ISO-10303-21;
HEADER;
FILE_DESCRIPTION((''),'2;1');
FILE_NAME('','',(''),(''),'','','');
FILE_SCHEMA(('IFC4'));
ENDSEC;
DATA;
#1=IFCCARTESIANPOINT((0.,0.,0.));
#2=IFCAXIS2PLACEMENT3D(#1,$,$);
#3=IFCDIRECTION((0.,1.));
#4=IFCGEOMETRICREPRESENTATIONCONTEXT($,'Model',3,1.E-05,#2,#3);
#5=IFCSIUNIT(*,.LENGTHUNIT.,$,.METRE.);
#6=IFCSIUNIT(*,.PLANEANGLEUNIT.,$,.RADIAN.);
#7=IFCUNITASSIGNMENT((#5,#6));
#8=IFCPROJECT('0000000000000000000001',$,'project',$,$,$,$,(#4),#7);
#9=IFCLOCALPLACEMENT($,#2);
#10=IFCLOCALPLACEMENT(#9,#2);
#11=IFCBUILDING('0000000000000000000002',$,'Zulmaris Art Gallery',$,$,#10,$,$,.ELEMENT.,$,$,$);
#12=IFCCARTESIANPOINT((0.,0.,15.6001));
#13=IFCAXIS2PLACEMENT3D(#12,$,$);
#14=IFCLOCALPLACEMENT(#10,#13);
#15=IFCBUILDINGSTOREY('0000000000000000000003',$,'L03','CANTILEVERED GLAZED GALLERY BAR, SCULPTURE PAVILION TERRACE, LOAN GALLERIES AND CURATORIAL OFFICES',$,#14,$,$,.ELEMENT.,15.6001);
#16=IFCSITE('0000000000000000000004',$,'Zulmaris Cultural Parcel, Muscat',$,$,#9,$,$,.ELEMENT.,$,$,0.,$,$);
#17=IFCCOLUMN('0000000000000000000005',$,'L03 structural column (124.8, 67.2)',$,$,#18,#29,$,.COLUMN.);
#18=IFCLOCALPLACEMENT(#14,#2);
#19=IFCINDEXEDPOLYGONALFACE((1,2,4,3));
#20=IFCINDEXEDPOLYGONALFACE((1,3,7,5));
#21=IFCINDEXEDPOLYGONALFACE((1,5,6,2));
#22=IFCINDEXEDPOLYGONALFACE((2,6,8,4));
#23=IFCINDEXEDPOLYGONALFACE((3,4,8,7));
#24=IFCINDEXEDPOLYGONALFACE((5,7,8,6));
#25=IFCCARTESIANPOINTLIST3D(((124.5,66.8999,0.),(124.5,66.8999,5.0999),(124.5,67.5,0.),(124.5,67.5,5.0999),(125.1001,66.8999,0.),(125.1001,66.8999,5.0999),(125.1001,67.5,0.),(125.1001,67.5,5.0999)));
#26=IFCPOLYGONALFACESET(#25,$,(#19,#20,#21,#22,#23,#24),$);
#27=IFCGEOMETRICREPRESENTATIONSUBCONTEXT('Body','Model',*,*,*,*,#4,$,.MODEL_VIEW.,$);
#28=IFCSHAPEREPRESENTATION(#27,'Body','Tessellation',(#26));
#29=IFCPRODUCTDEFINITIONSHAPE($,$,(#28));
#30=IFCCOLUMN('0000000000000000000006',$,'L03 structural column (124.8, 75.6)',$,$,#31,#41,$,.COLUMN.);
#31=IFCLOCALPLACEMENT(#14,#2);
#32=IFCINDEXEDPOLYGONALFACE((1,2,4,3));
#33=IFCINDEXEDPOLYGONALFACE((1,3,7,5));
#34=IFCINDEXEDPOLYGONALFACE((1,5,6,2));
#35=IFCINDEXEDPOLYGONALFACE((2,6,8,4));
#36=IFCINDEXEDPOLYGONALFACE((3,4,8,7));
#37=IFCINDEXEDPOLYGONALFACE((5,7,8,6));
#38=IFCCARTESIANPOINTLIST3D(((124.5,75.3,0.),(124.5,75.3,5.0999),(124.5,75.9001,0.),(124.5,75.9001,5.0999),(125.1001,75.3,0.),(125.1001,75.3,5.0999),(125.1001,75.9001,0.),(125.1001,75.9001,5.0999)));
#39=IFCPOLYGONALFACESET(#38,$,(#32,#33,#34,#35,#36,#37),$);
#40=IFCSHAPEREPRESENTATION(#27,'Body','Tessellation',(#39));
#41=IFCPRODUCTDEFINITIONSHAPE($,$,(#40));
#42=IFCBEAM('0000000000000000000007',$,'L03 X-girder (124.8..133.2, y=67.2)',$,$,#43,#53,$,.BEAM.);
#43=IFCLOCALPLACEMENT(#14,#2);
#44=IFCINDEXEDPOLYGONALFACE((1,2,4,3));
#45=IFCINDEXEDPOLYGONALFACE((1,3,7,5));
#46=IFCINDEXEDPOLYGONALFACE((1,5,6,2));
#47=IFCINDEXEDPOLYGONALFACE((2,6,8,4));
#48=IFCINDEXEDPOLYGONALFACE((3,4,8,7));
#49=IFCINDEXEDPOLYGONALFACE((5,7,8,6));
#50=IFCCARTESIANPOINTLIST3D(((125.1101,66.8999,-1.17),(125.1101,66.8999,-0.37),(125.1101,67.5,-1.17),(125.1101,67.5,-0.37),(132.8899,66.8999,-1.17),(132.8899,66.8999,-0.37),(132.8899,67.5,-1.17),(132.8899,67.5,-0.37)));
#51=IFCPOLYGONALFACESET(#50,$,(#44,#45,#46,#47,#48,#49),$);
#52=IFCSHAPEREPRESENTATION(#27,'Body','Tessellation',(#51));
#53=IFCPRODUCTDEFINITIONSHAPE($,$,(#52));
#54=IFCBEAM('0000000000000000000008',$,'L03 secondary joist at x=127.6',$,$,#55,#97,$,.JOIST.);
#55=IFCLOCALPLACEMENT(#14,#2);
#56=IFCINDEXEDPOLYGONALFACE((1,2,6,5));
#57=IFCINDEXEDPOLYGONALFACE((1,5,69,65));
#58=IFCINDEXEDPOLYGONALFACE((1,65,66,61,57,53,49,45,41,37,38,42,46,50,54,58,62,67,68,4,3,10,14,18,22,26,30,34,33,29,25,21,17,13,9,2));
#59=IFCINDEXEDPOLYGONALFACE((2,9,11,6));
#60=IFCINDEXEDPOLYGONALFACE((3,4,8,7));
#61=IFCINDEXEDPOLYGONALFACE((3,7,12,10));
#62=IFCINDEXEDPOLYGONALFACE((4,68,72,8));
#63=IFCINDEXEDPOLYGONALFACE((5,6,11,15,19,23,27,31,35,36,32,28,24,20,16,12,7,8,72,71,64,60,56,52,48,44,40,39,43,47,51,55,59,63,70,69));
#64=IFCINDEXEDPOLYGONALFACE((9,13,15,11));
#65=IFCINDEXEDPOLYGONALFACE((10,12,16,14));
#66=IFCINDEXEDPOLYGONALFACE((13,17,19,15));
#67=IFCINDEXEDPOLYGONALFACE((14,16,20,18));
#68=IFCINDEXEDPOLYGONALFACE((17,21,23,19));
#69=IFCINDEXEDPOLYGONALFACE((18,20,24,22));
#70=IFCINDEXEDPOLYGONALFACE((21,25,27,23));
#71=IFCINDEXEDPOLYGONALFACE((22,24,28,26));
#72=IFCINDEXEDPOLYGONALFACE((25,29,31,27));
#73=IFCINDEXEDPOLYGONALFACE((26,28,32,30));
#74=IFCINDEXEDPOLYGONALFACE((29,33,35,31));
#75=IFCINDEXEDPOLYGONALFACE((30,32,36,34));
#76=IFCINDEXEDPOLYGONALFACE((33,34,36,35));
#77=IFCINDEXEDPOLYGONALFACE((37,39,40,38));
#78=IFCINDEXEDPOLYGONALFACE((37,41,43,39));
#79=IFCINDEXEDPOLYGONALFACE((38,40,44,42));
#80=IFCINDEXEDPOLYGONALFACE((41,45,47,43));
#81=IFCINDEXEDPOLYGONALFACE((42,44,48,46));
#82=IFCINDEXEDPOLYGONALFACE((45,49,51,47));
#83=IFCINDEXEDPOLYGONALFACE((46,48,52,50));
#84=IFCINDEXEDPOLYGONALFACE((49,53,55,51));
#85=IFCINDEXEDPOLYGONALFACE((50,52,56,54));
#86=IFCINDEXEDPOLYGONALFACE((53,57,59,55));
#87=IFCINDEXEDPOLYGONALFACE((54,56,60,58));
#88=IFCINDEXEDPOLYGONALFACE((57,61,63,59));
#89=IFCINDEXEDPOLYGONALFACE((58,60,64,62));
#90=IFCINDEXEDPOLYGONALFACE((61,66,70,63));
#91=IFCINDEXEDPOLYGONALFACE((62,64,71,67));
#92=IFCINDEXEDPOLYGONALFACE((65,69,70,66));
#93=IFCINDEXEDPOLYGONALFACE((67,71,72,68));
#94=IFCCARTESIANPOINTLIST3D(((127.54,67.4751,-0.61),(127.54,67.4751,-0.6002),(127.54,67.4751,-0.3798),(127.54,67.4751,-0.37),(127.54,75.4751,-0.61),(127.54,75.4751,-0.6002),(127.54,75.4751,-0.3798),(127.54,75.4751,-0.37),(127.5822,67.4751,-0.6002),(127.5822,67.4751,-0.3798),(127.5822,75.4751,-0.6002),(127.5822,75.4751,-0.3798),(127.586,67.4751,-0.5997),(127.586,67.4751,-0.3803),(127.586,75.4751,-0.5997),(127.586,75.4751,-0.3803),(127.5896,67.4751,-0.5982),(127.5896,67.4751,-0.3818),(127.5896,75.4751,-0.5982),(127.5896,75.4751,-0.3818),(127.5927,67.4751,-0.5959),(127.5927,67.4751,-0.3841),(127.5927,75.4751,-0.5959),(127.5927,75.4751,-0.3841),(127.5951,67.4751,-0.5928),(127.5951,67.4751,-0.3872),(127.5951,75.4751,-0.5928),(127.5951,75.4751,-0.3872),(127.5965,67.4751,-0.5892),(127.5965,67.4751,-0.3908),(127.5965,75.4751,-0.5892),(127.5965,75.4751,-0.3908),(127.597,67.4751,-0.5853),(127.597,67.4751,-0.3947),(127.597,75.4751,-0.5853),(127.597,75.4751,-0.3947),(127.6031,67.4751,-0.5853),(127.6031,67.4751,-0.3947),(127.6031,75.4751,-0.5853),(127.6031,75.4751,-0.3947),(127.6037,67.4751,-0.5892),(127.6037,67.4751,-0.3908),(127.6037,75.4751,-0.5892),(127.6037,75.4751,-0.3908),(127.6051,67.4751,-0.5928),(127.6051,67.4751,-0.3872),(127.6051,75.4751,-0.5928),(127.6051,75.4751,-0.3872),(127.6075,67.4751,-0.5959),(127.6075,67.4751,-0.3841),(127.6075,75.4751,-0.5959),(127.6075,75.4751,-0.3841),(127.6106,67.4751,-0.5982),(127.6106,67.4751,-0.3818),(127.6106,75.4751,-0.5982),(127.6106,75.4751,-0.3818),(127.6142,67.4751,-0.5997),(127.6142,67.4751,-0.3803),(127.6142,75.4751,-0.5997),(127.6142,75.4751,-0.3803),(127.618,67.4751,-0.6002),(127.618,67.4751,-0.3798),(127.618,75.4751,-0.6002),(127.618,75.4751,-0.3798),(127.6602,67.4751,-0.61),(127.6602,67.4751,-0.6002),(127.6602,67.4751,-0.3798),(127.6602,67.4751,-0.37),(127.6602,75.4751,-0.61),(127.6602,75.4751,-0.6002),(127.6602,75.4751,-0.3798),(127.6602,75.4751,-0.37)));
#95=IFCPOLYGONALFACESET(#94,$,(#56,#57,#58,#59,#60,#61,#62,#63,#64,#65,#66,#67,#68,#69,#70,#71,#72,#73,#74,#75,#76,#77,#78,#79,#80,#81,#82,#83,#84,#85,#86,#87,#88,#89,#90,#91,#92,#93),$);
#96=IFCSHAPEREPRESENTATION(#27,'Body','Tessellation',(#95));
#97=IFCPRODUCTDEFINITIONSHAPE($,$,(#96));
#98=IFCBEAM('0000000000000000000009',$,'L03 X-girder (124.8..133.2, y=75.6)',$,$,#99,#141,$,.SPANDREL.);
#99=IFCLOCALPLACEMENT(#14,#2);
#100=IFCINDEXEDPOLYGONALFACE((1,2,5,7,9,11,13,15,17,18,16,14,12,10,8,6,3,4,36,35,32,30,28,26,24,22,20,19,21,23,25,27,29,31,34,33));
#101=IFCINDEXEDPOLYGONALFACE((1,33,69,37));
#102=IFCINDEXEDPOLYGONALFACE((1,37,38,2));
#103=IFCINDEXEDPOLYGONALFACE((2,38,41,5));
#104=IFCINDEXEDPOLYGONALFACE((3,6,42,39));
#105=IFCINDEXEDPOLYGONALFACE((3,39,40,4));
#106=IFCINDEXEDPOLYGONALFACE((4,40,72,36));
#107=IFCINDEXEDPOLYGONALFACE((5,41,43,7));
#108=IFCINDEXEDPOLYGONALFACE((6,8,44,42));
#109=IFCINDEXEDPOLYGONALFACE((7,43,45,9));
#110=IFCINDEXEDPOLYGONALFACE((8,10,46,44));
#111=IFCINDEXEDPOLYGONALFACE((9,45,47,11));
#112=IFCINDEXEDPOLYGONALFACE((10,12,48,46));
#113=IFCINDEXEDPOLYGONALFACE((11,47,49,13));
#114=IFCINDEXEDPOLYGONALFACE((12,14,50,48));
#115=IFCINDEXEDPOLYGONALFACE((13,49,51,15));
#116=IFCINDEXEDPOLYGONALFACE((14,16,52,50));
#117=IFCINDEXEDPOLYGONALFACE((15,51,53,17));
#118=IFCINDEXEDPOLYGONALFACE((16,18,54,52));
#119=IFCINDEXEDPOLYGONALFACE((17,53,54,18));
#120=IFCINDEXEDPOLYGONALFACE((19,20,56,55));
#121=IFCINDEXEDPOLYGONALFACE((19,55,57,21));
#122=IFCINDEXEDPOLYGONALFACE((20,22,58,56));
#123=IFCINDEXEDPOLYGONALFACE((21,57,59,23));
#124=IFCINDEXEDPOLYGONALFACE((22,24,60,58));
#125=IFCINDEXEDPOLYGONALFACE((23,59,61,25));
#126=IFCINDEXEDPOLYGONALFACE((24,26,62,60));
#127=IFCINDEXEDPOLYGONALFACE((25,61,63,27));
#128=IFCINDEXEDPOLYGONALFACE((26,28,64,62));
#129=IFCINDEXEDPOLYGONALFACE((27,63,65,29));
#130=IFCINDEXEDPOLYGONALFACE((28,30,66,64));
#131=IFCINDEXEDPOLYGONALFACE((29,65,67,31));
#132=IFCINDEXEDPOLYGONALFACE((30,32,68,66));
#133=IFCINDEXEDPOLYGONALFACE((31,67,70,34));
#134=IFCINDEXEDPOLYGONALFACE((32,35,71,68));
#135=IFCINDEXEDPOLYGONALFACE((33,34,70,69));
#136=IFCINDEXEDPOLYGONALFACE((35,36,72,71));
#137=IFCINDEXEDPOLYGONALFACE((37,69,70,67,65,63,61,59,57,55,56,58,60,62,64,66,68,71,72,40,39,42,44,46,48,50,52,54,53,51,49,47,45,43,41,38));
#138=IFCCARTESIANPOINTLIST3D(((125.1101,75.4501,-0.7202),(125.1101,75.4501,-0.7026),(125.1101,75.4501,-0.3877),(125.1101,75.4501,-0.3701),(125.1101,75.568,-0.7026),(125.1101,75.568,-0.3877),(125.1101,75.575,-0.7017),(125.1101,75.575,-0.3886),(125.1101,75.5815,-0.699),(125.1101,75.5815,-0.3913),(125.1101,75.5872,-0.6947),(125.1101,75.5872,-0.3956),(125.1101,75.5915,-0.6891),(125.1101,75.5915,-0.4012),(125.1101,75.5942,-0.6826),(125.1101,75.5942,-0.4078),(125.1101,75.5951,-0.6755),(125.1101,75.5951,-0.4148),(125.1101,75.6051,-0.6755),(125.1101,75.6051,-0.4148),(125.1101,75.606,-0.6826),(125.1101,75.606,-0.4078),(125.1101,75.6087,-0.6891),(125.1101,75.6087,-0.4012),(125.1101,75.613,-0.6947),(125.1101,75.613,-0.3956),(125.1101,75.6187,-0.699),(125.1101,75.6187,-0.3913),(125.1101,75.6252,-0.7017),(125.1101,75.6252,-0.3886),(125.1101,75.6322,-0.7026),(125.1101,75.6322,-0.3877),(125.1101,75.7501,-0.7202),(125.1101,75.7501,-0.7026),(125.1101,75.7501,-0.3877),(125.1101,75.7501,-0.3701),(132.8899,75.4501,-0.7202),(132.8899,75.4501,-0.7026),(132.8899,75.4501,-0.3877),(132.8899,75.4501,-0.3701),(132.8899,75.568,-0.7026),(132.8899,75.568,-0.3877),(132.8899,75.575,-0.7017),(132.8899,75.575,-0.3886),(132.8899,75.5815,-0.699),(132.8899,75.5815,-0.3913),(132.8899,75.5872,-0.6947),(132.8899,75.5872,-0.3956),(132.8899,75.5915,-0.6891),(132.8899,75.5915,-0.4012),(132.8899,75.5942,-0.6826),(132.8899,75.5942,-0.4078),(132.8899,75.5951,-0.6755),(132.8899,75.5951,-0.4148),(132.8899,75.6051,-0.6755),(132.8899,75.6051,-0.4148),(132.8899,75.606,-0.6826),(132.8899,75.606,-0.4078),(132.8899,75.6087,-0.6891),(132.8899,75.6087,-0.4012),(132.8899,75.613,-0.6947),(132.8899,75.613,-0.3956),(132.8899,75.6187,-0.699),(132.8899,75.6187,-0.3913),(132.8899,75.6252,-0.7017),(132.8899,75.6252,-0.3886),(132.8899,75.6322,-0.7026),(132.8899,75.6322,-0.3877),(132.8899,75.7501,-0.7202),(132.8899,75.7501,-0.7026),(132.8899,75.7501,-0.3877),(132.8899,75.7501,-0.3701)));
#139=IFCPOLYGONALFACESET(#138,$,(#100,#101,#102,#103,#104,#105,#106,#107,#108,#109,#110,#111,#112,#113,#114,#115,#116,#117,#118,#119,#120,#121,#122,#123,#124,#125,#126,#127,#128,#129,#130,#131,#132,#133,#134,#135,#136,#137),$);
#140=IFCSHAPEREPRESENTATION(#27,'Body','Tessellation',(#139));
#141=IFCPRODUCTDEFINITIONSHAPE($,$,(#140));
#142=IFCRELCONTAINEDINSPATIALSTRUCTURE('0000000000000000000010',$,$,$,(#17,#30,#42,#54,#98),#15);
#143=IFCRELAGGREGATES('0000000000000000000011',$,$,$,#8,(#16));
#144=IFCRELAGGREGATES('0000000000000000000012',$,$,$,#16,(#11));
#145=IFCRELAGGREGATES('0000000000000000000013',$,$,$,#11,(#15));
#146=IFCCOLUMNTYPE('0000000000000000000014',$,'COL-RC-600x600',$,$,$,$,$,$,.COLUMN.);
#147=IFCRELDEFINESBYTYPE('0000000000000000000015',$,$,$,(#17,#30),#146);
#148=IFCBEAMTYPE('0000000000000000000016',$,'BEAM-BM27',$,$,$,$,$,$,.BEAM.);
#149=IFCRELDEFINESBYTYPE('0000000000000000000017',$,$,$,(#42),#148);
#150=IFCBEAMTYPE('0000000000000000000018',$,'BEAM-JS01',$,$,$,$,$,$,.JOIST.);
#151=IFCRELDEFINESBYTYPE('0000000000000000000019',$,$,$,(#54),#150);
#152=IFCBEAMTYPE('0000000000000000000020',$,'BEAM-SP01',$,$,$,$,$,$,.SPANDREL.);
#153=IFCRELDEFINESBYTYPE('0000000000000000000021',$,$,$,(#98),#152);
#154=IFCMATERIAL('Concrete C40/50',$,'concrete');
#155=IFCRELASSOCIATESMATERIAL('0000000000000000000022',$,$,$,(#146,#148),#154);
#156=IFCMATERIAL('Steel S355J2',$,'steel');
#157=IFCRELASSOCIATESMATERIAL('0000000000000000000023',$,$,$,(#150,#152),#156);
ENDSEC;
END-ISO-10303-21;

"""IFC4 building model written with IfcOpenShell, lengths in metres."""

from ifc_helpers import new_model, si_unit, direction, frame, origin, origin_2d, place, context, subcontext, project, spatial, rectangle, i_section, extrude, material, material_profile, profile_set, type_object, element, save


model = new_model("IFC4")

# Units and contexts
model_context = context("Model", 3, precision=1e-05, world=origin(), true_north=direction((0.0, 1.0)))
body_context = subcontext(model_context, "Body", "Model", "MODEL_VIEW")
ifc_project = project(units=[si_unit("LENGTHUNIT", "METRE"), si_unit("PLANEANGLEUNIT", "RADIAN")], contexts=[model_context])

# Site, building, storey
site_placement = place(None, origin())
site = spatial("IfcSite", under=ifc_project, at=site_placement, Name="Zulmaris Cultural Parcel, Muscat", CompositionType="ELEMENT", RefElevation=0.0)
building_placement = place(site_placement, origin())
building = spatial("IfcBuilding", under=site, at=building_placement, Name="Zulmaris Art Gallery", CompositionType="ELEMENT")
storey_placement = place(building_placement, frame((0.0, 0.0, 15.6001)))
storey = spatial("IfcBuildingStorey", under=building, at=storey_placement, Name="L03", Description="CANTILEVERED GLAZED GALLERY BAR, SCULPTURE PAVILION TERRACE, LOAN GALLERIES AND CURATORIAL OFFICES", CompositionType="ELEMENT", Elevation=15.6001)

# Columns
ifc_material_1 = material(Name="Concrete C40/50", Category="concrete")
ifc_material_profile_1 = material_profile(ifc_material_1, rectangle(XDim=0.6001, YDim=0.6001, at=origin_2d()), Name="RC 600x600")
ifc_profile_set_1 = profile_set([ifc_material_profile_1], Name="Concrete C40/50")
column_type = type_object("IfcColumnType", Name="COL-RC-600x600", PredefinedType="COLUMN", material=ifc_profile_set_1)
for number, where, z_axis, x_axis, name in (
    (1, (124.8, 67.2, 0.0), (0.0, 0.0, 1.0), (1.0, 0.0, 0.0), "L03 structural column (124.8, 67.2)"),
    (2, (124.8, 75.6001, 0.0), (0.0, 0.0, 1.0), (1.0, 0.0, 0.0), "L03 structural column (124.8, 75.6)"),
):
    element("IfcColumn", number, at=place(storey_placement, frame(where, z_axis=z_axis, x_axis=x_axis)), inside=storey, type_object=column_type, Name=name, PredefinedType="COLUMN", context=body_context, shape_type="SweptSolid", body=[
        extrude(rectangle(XDim=0.6001, YDim=0.6001, at=origin_2d()), origin(), (0.0, 0.0, 1.0), 5.0999),
    ])

# Beams
ifc_material_profile_2 = material_profile(ifc_material_1, rectangle(XDim=0.6001, YDim=0.8, at=origin_2d()), Name="RC 600x800")
ifc_profile_set_2 = profile_set([ifc_material_profile_2], Name="Concrete C40/50")
beam_type_1 = type_object("IfcBeamType", Name="BEAM-BM27", PredefinedType="BEAM", material=ifc_profile_set_2)
beam_1_placement = place(storey_placement, frame((125.1101, 67.2, -0.77), z_axis=(1.0, 0.0, 0.0), x_axis=(0.0, 1.0, 0.0)))
element("IfcBeam", 3, at=beam_1_placement, inside=storey, type_object=beam_type_1, Name="L03 X-girder (124.8..133.2, y=67.2)", PredefinedType="BEAM", context=body_context, shape_type="SweptSolid", body=[
    extrude(rectangle(XDim=0.6001, YDim=0.8, at=origin_2d()), origin(), (0.0, 0.0, 1.0), 7.7798),
])
ifc_material_2 = material(Name="Steel S355J2", Category="steel")
ifc_material_profile_3 = material_profile(ifc_material_2, i_section(OverallWidth=0.1201, OverallDepth=0.24, WebThickness=0.0061, FlangeThickness=0.0098, FilletRadius=0.0149, at=origin_2d()), Name="IPE 240")
ifc_profile_set_3 = profile_set([ifc_material_profile_3], Name="Steel S355J2")
beam_type_2 = type_object("IfcBeamType", Name="BEAM-JS01", PredefinedType="JOIST", material=ifc_profile_set_3)
beam_2_placement = place(storey_placement, frame((127.6001, 67.4751, -0.49), z_axis=(0.0, 1.0, 0.0), x_axis=(-1.0, 0.0, 0.0)))
element("IfcBeam", 4, at=beam_2_placement, inside=storey, type_object=beam_type_2, Name="L03 secondary joist at x=127.6", PredefinedType="JOIST", context=body_context, shape_type="SweptSolid", body=[
    extrude(i_section(OverallWidth=0.1201, OverallDepth=0.24, WebThickness=0.0061, FlangeThickness=0.0098, FilletRadius=0.0149, at=origin_2d()), origin(), (0.0, 0.0, 1.0), 8.0),
])
ifc_material_profile_4 = material_profile(ifc_material_2, i_section(OverallWidth=0.3, OverallDepth=0.3501, WebThickness=0.01, FlangeThickness=0.0176, FilletRadius=0.0271, at=origin_2d()), Name="HEA 360")
ifc_profile_set_4 = profile_set([ifc_material_profile_4], Name="Steel S355J2")
beam_type_3 = type_object("IfcBeamType", Name="BEAM-SP01", PredefinedType="SPANDREL", material=ifc_profile_set_4)
beam_3_placement = place(storey_placement, frame((125.1101, 75.6001, -0.5452), z_axis=(1.0, 0.0, 0.0), x_axis=(0.0, 1.0, 0.0)))
element("IfcBeam", 5, at=beam_3_placement, inside=storey, type_object=beam_type_3, Name="L03 X-girder (124.8..133.2, y=75.6)", PredefinedType="SPANDREL", context=body_context, shape_type="SweptSolid", body=[
    extrude(i_section(OverallWidth=0.3, OverallDepth=0.3501, WebThickness=0.01, FlangeThickness=0.0176, FilletRadius=0.0271, at=origin_2d()), origin(), (0.0, 0.0, 1.0), 7.7798),
])

save(model, "model.ifc")
